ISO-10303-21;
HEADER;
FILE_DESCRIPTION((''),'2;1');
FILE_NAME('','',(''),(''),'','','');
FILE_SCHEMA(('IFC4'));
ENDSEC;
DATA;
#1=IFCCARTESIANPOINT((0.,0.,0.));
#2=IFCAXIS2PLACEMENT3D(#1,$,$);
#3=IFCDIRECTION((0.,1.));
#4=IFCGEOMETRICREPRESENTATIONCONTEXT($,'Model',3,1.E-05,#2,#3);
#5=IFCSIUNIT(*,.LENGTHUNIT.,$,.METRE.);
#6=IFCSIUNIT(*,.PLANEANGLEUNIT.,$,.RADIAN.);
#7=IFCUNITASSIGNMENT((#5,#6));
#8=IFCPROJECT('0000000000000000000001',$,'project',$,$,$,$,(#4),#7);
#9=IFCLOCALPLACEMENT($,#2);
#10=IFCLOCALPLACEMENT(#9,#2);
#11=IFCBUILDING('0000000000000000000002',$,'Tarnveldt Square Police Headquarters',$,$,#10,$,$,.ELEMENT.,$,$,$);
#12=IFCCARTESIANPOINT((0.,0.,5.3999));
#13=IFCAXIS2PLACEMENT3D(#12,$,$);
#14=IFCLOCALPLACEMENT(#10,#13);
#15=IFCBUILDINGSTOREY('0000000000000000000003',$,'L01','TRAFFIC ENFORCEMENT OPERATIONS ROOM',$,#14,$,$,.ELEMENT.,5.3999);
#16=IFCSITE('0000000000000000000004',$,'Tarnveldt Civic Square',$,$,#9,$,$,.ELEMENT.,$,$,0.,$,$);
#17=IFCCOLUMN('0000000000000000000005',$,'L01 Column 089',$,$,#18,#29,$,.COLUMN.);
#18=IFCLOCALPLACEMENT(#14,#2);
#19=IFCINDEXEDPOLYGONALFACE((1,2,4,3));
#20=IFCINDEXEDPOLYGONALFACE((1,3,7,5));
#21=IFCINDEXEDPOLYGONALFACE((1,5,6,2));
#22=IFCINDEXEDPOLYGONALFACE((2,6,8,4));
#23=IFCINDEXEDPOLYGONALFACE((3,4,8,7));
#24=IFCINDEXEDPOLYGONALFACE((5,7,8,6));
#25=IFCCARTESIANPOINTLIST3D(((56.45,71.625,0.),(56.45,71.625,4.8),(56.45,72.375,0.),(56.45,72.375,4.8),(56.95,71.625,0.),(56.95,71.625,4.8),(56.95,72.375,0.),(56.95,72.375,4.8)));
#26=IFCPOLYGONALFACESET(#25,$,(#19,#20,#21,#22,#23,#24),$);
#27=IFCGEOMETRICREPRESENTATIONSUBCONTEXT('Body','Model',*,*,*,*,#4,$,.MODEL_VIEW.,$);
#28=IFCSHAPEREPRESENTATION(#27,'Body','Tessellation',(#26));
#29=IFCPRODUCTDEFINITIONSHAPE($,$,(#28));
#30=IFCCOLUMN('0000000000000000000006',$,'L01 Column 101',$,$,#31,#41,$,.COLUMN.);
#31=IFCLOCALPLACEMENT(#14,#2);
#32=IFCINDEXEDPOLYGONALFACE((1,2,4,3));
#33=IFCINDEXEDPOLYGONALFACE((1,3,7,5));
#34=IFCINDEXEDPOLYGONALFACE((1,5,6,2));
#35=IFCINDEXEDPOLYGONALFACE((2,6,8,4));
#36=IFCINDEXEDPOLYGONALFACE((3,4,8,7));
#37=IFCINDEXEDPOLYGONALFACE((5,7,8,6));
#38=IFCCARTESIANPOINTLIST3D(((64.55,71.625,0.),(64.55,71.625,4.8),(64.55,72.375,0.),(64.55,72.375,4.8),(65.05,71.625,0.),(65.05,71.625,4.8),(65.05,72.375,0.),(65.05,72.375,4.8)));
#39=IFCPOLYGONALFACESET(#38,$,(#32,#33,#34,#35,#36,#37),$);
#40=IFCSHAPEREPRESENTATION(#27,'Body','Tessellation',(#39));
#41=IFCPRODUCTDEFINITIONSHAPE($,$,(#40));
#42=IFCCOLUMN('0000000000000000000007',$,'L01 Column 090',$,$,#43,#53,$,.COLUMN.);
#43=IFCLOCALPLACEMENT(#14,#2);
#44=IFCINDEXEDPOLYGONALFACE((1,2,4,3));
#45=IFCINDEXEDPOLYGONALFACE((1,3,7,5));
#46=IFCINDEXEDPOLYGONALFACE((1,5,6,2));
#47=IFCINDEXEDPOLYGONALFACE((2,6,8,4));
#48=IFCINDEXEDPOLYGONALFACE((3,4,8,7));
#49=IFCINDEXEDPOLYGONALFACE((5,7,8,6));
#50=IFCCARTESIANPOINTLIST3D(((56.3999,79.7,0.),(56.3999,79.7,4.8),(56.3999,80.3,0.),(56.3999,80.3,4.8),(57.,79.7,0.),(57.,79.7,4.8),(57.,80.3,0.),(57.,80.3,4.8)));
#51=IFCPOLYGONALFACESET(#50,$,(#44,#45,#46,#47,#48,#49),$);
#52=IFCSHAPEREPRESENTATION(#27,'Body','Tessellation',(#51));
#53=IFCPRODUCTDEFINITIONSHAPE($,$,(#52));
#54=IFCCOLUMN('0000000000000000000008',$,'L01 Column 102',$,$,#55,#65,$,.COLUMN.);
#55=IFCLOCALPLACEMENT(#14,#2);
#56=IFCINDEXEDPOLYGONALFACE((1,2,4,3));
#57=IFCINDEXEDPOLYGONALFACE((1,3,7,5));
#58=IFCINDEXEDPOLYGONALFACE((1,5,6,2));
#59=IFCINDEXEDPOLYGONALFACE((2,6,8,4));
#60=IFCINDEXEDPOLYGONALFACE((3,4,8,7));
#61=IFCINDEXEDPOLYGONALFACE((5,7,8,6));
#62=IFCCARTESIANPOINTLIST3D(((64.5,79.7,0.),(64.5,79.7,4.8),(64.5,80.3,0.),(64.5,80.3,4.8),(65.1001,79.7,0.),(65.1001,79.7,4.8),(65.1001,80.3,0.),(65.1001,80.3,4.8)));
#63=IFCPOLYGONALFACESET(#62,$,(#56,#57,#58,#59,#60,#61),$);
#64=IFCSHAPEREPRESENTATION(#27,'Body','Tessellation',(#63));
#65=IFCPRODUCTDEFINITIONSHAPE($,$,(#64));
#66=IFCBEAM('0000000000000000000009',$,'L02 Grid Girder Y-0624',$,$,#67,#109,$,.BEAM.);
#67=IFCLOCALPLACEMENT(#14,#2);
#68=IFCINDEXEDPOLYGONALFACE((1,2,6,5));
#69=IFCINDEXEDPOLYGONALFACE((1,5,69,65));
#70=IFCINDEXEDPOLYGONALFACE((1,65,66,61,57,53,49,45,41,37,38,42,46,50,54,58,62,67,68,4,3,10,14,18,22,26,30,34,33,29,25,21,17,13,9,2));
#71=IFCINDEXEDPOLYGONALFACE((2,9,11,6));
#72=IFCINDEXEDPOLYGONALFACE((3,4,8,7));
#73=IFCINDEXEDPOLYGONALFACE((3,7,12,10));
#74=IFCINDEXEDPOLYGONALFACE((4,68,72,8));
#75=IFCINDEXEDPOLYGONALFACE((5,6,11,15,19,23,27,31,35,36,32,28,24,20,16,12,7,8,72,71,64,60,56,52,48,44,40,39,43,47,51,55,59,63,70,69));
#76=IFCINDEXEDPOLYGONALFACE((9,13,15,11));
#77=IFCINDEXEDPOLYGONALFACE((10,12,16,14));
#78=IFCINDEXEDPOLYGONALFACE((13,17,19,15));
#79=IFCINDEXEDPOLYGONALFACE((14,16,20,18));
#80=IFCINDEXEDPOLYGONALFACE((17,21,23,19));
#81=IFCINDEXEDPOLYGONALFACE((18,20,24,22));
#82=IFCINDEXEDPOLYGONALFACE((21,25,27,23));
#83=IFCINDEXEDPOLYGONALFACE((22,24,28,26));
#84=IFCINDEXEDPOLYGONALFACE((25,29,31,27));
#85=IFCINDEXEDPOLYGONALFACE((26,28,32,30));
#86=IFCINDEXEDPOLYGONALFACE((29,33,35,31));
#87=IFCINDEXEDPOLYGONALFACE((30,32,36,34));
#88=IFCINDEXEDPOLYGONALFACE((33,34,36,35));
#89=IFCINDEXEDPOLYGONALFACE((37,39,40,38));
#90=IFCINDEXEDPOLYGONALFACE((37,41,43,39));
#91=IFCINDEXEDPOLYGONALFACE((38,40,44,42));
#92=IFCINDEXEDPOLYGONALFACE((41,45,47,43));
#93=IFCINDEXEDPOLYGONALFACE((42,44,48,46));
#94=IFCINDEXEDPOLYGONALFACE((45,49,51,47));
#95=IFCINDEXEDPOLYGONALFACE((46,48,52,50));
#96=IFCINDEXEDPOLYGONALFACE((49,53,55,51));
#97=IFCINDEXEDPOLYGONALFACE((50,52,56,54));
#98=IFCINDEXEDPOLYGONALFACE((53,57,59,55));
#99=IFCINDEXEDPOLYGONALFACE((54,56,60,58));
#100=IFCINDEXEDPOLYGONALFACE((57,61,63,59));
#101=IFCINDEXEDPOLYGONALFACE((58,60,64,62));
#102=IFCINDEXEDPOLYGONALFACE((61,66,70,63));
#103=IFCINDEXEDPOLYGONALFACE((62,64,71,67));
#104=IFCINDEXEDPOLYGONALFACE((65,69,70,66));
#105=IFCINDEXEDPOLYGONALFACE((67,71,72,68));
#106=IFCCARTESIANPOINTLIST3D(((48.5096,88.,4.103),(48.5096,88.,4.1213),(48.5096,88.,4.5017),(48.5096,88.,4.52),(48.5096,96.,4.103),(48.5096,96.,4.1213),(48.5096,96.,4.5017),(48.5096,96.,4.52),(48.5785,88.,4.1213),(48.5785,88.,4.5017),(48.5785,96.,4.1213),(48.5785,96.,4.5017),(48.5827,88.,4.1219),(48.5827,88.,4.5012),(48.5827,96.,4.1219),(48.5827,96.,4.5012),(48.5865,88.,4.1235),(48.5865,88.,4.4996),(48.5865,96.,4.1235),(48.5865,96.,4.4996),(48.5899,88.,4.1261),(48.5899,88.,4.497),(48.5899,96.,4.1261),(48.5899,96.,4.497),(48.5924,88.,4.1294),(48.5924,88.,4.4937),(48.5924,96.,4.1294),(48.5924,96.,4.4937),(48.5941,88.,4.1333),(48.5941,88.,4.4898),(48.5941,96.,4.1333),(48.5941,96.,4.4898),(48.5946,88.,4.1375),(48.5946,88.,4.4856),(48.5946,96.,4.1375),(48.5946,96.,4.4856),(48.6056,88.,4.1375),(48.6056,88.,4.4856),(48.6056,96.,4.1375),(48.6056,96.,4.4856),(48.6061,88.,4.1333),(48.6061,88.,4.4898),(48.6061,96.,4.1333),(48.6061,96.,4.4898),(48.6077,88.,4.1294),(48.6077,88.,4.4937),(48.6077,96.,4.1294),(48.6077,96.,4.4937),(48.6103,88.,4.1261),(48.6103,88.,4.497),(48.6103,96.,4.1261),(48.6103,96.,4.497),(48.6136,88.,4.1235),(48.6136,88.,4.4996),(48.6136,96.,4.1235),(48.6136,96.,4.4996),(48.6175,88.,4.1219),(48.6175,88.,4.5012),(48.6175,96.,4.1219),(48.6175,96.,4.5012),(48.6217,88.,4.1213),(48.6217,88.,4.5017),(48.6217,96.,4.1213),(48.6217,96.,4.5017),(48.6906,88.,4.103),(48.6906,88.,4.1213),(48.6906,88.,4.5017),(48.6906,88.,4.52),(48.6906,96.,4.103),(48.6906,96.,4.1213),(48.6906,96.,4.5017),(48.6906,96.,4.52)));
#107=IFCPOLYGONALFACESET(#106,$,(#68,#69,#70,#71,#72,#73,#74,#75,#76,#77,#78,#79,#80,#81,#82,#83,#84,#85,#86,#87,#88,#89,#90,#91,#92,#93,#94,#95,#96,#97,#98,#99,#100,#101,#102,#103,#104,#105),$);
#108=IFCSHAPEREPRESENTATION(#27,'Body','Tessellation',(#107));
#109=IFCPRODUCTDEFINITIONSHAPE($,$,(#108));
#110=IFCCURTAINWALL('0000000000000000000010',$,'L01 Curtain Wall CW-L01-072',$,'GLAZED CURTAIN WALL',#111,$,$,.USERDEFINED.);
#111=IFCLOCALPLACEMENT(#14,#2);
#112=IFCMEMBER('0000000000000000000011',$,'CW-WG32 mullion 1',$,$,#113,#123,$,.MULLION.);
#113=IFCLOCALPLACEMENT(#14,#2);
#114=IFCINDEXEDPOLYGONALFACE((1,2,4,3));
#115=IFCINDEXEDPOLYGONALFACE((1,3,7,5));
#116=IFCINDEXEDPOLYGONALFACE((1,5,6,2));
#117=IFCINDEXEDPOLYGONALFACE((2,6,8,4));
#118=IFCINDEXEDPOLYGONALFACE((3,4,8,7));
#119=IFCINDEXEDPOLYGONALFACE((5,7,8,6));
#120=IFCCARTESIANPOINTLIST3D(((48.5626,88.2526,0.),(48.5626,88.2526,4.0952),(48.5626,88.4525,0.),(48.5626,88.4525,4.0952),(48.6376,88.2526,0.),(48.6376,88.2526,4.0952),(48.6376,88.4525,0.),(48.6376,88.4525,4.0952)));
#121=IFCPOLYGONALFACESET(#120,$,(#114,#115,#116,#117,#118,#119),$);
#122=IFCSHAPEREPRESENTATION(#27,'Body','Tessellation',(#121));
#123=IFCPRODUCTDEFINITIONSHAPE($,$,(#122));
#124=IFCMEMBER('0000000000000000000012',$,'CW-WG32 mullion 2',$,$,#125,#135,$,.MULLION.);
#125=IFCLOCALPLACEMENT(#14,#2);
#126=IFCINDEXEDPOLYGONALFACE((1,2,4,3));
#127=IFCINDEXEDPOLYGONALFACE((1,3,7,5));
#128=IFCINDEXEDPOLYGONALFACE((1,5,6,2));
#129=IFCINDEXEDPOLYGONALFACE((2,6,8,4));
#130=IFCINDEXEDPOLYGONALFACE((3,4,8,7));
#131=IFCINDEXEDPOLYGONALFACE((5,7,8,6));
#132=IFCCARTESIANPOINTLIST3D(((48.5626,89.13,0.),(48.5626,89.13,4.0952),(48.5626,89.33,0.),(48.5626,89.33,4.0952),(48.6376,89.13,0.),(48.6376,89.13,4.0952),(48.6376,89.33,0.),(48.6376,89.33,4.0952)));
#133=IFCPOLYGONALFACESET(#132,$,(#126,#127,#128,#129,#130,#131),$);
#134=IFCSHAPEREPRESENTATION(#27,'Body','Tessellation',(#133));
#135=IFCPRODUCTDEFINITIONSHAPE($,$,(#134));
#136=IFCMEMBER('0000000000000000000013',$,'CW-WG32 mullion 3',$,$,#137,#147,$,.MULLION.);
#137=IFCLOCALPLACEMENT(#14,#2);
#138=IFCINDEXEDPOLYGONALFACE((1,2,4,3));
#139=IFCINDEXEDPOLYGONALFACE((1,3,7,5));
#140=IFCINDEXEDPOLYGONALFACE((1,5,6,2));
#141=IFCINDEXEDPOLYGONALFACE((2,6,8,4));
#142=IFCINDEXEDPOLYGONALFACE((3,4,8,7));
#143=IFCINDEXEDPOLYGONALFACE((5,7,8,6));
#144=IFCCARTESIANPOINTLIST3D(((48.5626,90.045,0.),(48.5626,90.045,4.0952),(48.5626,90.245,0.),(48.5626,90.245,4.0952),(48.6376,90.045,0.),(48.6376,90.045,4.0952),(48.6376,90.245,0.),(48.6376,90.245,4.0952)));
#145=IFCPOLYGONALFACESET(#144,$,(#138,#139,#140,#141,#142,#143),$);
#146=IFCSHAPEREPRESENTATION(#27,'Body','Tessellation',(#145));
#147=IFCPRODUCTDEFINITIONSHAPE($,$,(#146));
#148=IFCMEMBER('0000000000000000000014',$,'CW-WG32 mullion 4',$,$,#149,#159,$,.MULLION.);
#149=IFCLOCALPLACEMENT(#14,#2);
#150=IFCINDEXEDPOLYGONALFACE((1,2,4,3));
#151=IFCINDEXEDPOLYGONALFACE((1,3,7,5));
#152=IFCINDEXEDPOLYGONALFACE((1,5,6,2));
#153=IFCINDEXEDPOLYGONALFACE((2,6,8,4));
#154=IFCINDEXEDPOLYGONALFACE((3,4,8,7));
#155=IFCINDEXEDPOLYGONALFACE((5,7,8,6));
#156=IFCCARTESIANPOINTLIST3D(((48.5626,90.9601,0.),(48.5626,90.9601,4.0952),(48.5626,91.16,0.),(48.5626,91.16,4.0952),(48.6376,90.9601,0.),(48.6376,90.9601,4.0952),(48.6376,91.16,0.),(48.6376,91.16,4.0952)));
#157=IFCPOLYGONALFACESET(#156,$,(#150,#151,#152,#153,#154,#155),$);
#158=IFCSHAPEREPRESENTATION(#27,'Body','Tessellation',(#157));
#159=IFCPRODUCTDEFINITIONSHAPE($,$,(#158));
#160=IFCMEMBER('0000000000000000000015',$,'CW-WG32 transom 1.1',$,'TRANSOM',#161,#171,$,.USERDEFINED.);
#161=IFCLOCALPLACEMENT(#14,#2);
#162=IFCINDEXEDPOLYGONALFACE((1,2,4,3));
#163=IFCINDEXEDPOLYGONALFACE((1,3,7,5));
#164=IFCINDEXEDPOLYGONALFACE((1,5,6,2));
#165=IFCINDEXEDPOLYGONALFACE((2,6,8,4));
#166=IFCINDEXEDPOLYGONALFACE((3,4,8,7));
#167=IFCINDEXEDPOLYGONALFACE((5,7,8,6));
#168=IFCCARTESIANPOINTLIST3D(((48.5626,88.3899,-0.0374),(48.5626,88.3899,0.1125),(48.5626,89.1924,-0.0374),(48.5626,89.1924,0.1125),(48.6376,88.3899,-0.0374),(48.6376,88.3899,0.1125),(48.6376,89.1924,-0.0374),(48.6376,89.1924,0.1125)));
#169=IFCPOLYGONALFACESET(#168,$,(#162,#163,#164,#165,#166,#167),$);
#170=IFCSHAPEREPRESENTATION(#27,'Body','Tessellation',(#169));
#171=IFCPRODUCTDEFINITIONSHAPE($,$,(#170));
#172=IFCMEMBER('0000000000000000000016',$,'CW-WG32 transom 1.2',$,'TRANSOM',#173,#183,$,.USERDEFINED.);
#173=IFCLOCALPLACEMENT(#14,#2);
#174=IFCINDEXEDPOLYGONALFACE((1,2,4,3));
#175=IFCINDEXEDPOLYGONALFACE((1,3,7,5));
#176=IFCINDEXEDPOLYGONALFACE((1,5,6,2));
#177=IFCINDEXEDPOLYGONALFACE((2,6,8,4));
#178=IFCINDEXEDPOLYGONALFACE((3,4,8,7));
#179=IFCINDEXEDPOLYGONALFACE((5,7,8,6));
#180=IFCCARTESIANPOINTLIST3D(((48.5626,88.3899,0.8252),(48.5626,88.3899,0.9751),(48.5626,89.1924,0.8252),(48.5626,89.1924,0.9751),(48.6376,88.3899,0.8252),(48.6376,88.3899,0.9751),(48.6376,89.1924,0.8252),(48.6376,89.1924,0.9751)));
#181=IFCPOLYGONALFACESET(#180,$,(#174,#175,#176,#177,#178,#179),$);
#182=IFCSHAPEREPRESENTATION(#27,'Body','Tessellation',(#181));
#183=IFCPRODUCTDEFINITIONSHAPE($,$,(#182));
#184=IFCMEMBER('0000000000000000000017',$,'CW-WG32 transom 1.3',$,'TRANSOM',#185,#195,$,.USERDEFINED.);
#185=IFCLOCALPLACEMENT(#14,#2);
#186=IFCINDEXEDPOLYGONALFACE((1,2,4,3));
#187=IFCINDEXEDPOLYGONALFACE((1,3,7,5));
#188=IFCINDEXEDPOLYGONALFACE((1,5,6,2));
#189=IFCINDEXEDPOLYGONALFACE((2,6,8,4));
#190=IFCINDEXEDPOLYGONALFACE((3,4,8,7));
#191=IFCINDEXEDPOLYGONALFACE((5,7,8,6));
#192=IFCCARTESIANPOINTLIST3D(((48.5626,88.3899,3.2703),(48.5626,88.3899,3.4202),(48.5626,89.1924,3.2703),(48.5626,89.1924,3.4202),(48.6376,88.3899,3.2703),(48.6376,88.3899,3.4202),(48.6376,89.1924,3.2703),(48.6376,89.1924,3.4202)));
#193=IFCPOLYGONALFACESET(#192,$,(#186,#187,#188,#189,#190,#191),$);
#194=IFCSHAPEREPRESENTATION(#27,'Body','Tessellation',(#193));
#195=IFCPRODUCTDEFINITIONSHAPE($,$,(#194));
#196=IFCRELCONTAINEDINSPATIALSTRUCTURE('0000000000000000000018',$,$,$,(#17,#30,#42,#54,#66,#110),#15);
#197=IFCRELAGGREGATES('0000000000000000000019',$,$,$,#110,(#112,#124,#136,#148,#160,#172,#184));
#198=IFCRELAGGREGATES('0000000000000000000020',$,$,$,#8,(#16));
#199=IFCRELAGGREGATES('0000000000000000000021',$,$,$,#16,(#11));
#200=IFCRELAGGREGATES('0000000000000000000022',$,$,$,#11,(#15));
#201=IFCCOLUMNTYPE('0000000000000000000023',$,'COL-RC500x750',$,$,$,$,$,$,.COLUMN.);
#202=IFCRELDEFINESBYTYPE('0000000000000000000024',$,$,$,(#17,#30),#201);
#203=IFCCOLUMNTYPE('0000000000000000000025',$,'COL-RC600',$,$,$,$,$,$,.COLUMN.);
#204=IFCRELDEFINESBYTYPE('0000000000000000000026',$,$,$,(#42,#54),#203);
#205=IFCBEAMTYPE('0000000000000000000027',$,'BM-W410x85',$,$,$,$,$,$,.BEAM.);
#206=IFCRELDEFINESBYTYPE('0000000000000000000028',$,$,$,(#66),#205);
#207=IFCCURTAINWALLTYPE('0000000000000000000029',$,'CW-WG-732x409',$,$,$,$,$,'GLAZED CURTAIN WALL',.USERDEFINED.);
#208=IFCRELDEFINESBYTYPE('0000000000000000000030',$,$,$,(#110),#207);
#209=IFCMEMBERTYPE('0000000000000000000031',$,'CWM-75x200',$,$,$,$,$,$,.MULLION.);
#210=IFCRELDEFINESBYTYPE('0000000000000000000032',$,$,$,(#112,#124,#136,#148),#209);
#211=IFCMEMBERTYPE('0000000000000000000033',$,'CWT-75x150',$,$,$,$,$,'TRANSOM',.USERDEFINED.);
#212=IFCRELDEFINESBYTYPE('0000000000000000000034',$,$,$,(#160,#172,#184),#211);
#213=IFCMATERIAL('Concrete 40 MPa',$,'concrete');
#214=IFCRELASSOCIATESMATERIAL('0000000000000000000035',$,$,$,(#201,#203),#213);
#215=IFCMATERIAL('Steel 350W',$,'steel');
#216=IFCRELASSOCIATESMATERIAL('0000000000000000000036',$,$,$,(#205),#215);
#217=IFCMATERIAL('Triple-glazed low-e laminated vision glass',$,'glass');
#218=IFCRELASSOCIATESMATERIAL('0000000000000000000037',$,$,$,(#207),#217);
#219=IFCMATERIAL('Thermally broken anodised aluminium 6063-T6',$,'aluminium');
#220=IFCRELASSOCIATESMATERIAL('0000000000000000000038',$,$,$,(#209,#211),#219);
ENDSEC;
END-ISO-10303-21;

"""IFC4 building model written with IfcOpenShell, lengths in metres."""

from ifc_helpers import new_model, si_unit, direction, frame, origin, origin_2d, place, context, subcontext, project, spatial, rectangle, i_section, extrude, material, material_profile, profile_set, type_object, element, aggregate, save


model = new_model("IFC4")

# Units and contexts
model_context = context("Model", 3, precision=1e-05, world=origin(), true_north=direction((0.0, 1.0)))
body_context = subcontext(model_context, "Body", "Model", "MODEL_VIEW")
ifc_project = project(units=[si_unit("LENGTHUNIT", "METRE"), si_unit("PLANEANGLEUNIT", "RADIAN")], contexts=[model_context])

# Site, building, storey
site_placement = place(None, origin())
site = spatial("IfcSite", under=ifc_project, at=site_placement, Name="Tarnveldt Civic Square", CompositionType="ELEMENT", RefElevation=0.0)
building_placement = place(site_placement, origin())
building = spatial("IfcBuilding", under=site, at=building_placement, Name="Tarnveldt Square Police Headquarters", CompositionType="ELEMENT")
storey_placement = place(building_placement, frame((0.0, 0.0, 5.3999)))
storey = spatial("IfcBuildingStorey", under=building, at=storey_placement, Name="L01", Description="TRAFFIC ENFORCEMENT OPERATIONS ROOM", CompositionType="ELEMENT", Elevation=5.3999)

# Columns
ifc_material_1 = material(Name="Concrete 40 MPa", Category="concrete")
ifc_material_profile_1 = material_profile(ifc_material_1, rectangle(XDim=0.5, YDim=0.75, at=origin_2d()), Name="RC-C500x750")
ifc_profile_set_1 = profile_set([ifc_material_profile_1], Name="Concrete 40 MPa")
column_type_1 = type_object("IfcColumnType", Name="COL-RC500x750", PredefinedType="COLUMN", material=ifc_profile_set_1)
for number, where, z_axis, x_axis, name in (
    (1, (56.7, 72.0, 0.0), (0.0, 0.0, 1.0), (1.0, 0.0, 0.0), "L01 Column 089"),
    (2, (64.8, 72.0, 0.0), (0.0, 0.0, 1.0), (1.0, 0.0, 0.0), "L01 Column 101"),
):
    element("IfcColumn", number, at=place(storey_placement, frame(where, z_axis=z_axis, x_axis=x_axis)), inside=storey, type_object=column_type_1, Name=name, PredefinedType="COLUMN", context=body_context, shape_type="SweptSolid", body=[
        extrude(rectangle(XDim=0.5, YDim=0.75, at=origin_2d()), origin(), (0.0, 0.0, 1.0), 4.8),
    ])
ifc_material_profile_2 = material_profile(ifc_material_1, rectangle(XDim=0.6001, YDim=0.6001, at=origin_2d()), Name="RC-C600x600")
ifc_profile_set_2 = profile_set([ifc_material_profile_2], Name="Concrete 40 MPa")
column_type_2 = type_object("IfcColumnType", Name="COL-RC600", PredefinedType="COLUMN", material=ifc_profile_set_2)
for number, where, z_axis, x_axis, name in (
    (3, (56.7, 80.0, 0.0), (0.0, 0.0, 1.0), (1.0, 0.0, 0.0), "L01 Column 090"),
    (4, (64.8, 80.0, 0.0), (0.0, 0.0, 1.0), (1.0, 0.0, 0.0), "L01 Column 102"),
):
    element("IfcColumn", number, at=place(storey_placement, frame(where, z_axis=z_axis, x_axis=x_axis)), inside=storey, type_object=column_type_2, Name=name, PredefinedType="COLUMN", context=body_context, shape_type="SweptSolid", body=[
        extrude(rectangle(XDim=0.6001, YDim=0.6001, at=origin_2d()), origin(), (0.0, 0.0, 1.0), 4.8),
    ])

# Beam
ifc_material_2 = material(Name="Steel 350W", Category="steel")
ifc_material_profile_3 = material_profile(ifc_material_2, i_section(OverallWidth=0.1809, OverallDepth=0.417, WebThickness=0.011, FlangeThickness=0.0183, FilletRadius=0.0161, at=origin_2d()), Name="W410x85")
ifc_profile_set_3 = profile_set([ifc_material_profile_3], Name="Steel 350W")
beam_type = type_object("IfcBeamType", Name="BM-W410x85", PredefinedType="BEAM", material=ifc_profile_set_3)
beam_placement = place(storey_placement, frame((48.6001, 88.0, 4.3115), z_axis=(0.0, 1.0, 0.0), x_axis=(-1.0, 0.0, 0.0)))
element("IfcBeam", 5, at=beam_placement, inside=storey, type_object=beam_type, Name="L02 Grid Girder Y-0624", PredefinedType="BEAM", context=body_context, shape_type="SweptSolid", body=[
    extrude(i_section(OverallWidth=0.1809, OverallDepth=0.417, WebThickness=0.011, FlangeThickness=0.0183, FilletRadius=0.0161, at=origin_2d()), origin(), (0.0, 0.0, 1.0), 8.0),
])

# Curtain wall, members
ifc_material_3 = material(Name="Triple-glazed low-e laminated vision glass", Category="glass")
curtain_wall_type = type_object("IfcCurtainWallType", Name="CW-WG-732x409", ElementType="GLAZED CURTAIN WALL", PredefinedType="USERDEFINED", material=ifc_material_3)
curtain_wall_placement = place(storey_placement, origin())
curtain_wall = element("IfcCurtainWall", 6, at=curtain_wall_placement, inside=storey, type_object=curtain_wall_type, Name="L01 Curtain Wall CW-L01-072", ObjectType="GLAZED CURTAIN WALL", PredefinedType="USERDEFINED")
ifc_material_4 = material(Name="Thermally broken anodised aluminium 6063-T6", Category="aluminium")
ifc_material_profile_4 = material_profile(ifc_material_4, rectangle(XDim=0.075, YDim=0.2, at=origin_2d()), Name="CW-M75x200")
ifc_profile_set_4 = profile_set([ifc_material_profile_4], Name="Thermally broken anodised aluminium 6063-T6")
member_type_1 = type_object("IfcMemberType", Name="CWM-75x200", PredefinedType="MULLION", material=ifc_profile_set_4)
member_1_placement = place(storey_placement, frame((48.6001, 88.3525, 0.0), z_axis=(0.0, 0.0, 1.0), x_axis=(-1.0, 0.0, 0.0)))
member_1 = element("IfcMember", 7, at=member_1_placement, type_object=member_type_1, Name="CW-WG32 mullion 1", PredefinedType="MULLION", context=body_context, shape_type="SweptSolid", body=[
    extrude(rectangle(XDim=0.075, YDim=0.2, at=origin_2d()), origin(), (0.0, 0.0, 1.0), 4.0952),
])
member_2_placement = place(storey_placement, frame((48.6001, 89.23, 0.0), z_axis=(0.0, 0.0, 1.0), x_axis=(-1.0, 0.0, 0.0)))
member_2 = element("IfcMember", 8, at=member_2_placement, type_object=member_type_1, Name="CW-WG32 mullion 2", PredefinedType="MULLION", context=body_context, shape_type="SweptSolid", body=[
    extrude(rectangle(XDim=0.075, YDim=0.2, at=origin_2d()), origin(), (0.0, 0.0, 1.0), 4.0952),
])
member_3_placement = place(storey_placement, frame((48.6001, 90.145, 0.0), z_axis=(0.0, 0.0, 1.0), x_axis=(-1.0, 0.0, 0.0)))
member_3 = element("IfcMember", 9, at=member_3_placement, type_object=member_type_1, Name="CW-WG32 mullion 3", PredefinedType="MULLION", context=body_context, shape_type="SweptSolid", body=[
    extrude(rectangle(XDim=0.075, YDim=0.2, at=origin_2d()), origin(), (0.0, 0.0, 1.0), 4.0952),
])
member_4_placement = place(storey_placement, frame((48.6001, 91.0601, 0.0), z_axis=(0.0, 0.0, 1.0), x_axis=(-1.0, 0.0, 0.0)))
member_4 = element("IfcMember", 10, at=member_4_placement, type_object=member_type_1, Name="CW-WG32 mullion 4", PredefinedType="MULLION", context=body_context, shape_type="SweptSolid", body=[
    extrude(rectangle(XDim=0.075, YDim=0.2, at=origin_2d()), origin(), (0.0, 0.0, 1.0), 4.0952),
])
ifc_material_profile_5 = material_profile(ifc_material_4, rectangle(XDim=0.075, YDim=0.1499, at=origin_2d()), Name="CW-T75x150")
ifc_profile_set_5 = profile_set([ifc_material_profile_5], Name="Thermally broken anodised aluminium 6063-T6")
member_type_2 = type_object("IfcMemberType", Name="CWT-75x150", ElementType="TRANSOM", PredefinedType="USERDEFINED", material=ifc_profile_set_5)
member_5_placement = place(storey_placement, frame((48.6001, 88.3899, 0.0376), z_axis=(0.0, 1.0, 0.0), x_axis=(-1.0, 0.0, 0.0)))
member_5 = element("IfcMember", 11, at=member_5_placement, type_object=member_type_2, Name="CW-WG32 transom 1.1", ObjectType="TRANSOM", PredefinedType="USERDEFINED", context=body_context, shape_type="SweptSolid", body=[
    extrude(rectangle(XDim=0.075, YDim=0.1499, at=origin_2d()), origin(), (0.0, 0.0, 1.0), 0.8025),
])
member_6_placement = place(storey_placement, frame((48.6001, 88.3899, 0.9001), z_axis=(0.0, 1.0, 0.0), x_axis=(-1.0, 0.0, 0.0)))
member_6 = element("IfcMember", 12, at=member_6_placement, type_object=member_type_2, Name="CW-WG32 transom 1.2", ObjectType="TRANSOM", PredefinedType="USERDEFINED", context=body_context, shape_type="SweptSolid", body=[
    extrude(rectangle(XDim=0.075, YDim=0.1499, at=origin_2d()), origin(), (0.0, 0.0, 1.0), 0.8025),
])
member_7_placement = place(storey_placement, frame((48.6001, 88.3899, 3.3452), z_axis=(0.0, 1.0, 0.0), x_axis=(-1.0, 0.0, 0.0)))
member_7 = element("IfcMember", 13, at=member_7_placement, type_object=member_type_2, Name="CW-WG32 transom 1.3", ObjectType="TRANSOM", PredefinedType="USERDEFINED", context=body_context, shape_type="SweptSolid", body=[
    extrude(rectangle(XDim=0.075, YDim=0.1499, at=origin_2d()), origin(), (0.0, 0.0, 1.0), 0.8025),
])
aggregate(curtain_wall, [member_1, member_2, member_3, member_4, member_5, member_6, member_7])

save(model, "model.ifc")
